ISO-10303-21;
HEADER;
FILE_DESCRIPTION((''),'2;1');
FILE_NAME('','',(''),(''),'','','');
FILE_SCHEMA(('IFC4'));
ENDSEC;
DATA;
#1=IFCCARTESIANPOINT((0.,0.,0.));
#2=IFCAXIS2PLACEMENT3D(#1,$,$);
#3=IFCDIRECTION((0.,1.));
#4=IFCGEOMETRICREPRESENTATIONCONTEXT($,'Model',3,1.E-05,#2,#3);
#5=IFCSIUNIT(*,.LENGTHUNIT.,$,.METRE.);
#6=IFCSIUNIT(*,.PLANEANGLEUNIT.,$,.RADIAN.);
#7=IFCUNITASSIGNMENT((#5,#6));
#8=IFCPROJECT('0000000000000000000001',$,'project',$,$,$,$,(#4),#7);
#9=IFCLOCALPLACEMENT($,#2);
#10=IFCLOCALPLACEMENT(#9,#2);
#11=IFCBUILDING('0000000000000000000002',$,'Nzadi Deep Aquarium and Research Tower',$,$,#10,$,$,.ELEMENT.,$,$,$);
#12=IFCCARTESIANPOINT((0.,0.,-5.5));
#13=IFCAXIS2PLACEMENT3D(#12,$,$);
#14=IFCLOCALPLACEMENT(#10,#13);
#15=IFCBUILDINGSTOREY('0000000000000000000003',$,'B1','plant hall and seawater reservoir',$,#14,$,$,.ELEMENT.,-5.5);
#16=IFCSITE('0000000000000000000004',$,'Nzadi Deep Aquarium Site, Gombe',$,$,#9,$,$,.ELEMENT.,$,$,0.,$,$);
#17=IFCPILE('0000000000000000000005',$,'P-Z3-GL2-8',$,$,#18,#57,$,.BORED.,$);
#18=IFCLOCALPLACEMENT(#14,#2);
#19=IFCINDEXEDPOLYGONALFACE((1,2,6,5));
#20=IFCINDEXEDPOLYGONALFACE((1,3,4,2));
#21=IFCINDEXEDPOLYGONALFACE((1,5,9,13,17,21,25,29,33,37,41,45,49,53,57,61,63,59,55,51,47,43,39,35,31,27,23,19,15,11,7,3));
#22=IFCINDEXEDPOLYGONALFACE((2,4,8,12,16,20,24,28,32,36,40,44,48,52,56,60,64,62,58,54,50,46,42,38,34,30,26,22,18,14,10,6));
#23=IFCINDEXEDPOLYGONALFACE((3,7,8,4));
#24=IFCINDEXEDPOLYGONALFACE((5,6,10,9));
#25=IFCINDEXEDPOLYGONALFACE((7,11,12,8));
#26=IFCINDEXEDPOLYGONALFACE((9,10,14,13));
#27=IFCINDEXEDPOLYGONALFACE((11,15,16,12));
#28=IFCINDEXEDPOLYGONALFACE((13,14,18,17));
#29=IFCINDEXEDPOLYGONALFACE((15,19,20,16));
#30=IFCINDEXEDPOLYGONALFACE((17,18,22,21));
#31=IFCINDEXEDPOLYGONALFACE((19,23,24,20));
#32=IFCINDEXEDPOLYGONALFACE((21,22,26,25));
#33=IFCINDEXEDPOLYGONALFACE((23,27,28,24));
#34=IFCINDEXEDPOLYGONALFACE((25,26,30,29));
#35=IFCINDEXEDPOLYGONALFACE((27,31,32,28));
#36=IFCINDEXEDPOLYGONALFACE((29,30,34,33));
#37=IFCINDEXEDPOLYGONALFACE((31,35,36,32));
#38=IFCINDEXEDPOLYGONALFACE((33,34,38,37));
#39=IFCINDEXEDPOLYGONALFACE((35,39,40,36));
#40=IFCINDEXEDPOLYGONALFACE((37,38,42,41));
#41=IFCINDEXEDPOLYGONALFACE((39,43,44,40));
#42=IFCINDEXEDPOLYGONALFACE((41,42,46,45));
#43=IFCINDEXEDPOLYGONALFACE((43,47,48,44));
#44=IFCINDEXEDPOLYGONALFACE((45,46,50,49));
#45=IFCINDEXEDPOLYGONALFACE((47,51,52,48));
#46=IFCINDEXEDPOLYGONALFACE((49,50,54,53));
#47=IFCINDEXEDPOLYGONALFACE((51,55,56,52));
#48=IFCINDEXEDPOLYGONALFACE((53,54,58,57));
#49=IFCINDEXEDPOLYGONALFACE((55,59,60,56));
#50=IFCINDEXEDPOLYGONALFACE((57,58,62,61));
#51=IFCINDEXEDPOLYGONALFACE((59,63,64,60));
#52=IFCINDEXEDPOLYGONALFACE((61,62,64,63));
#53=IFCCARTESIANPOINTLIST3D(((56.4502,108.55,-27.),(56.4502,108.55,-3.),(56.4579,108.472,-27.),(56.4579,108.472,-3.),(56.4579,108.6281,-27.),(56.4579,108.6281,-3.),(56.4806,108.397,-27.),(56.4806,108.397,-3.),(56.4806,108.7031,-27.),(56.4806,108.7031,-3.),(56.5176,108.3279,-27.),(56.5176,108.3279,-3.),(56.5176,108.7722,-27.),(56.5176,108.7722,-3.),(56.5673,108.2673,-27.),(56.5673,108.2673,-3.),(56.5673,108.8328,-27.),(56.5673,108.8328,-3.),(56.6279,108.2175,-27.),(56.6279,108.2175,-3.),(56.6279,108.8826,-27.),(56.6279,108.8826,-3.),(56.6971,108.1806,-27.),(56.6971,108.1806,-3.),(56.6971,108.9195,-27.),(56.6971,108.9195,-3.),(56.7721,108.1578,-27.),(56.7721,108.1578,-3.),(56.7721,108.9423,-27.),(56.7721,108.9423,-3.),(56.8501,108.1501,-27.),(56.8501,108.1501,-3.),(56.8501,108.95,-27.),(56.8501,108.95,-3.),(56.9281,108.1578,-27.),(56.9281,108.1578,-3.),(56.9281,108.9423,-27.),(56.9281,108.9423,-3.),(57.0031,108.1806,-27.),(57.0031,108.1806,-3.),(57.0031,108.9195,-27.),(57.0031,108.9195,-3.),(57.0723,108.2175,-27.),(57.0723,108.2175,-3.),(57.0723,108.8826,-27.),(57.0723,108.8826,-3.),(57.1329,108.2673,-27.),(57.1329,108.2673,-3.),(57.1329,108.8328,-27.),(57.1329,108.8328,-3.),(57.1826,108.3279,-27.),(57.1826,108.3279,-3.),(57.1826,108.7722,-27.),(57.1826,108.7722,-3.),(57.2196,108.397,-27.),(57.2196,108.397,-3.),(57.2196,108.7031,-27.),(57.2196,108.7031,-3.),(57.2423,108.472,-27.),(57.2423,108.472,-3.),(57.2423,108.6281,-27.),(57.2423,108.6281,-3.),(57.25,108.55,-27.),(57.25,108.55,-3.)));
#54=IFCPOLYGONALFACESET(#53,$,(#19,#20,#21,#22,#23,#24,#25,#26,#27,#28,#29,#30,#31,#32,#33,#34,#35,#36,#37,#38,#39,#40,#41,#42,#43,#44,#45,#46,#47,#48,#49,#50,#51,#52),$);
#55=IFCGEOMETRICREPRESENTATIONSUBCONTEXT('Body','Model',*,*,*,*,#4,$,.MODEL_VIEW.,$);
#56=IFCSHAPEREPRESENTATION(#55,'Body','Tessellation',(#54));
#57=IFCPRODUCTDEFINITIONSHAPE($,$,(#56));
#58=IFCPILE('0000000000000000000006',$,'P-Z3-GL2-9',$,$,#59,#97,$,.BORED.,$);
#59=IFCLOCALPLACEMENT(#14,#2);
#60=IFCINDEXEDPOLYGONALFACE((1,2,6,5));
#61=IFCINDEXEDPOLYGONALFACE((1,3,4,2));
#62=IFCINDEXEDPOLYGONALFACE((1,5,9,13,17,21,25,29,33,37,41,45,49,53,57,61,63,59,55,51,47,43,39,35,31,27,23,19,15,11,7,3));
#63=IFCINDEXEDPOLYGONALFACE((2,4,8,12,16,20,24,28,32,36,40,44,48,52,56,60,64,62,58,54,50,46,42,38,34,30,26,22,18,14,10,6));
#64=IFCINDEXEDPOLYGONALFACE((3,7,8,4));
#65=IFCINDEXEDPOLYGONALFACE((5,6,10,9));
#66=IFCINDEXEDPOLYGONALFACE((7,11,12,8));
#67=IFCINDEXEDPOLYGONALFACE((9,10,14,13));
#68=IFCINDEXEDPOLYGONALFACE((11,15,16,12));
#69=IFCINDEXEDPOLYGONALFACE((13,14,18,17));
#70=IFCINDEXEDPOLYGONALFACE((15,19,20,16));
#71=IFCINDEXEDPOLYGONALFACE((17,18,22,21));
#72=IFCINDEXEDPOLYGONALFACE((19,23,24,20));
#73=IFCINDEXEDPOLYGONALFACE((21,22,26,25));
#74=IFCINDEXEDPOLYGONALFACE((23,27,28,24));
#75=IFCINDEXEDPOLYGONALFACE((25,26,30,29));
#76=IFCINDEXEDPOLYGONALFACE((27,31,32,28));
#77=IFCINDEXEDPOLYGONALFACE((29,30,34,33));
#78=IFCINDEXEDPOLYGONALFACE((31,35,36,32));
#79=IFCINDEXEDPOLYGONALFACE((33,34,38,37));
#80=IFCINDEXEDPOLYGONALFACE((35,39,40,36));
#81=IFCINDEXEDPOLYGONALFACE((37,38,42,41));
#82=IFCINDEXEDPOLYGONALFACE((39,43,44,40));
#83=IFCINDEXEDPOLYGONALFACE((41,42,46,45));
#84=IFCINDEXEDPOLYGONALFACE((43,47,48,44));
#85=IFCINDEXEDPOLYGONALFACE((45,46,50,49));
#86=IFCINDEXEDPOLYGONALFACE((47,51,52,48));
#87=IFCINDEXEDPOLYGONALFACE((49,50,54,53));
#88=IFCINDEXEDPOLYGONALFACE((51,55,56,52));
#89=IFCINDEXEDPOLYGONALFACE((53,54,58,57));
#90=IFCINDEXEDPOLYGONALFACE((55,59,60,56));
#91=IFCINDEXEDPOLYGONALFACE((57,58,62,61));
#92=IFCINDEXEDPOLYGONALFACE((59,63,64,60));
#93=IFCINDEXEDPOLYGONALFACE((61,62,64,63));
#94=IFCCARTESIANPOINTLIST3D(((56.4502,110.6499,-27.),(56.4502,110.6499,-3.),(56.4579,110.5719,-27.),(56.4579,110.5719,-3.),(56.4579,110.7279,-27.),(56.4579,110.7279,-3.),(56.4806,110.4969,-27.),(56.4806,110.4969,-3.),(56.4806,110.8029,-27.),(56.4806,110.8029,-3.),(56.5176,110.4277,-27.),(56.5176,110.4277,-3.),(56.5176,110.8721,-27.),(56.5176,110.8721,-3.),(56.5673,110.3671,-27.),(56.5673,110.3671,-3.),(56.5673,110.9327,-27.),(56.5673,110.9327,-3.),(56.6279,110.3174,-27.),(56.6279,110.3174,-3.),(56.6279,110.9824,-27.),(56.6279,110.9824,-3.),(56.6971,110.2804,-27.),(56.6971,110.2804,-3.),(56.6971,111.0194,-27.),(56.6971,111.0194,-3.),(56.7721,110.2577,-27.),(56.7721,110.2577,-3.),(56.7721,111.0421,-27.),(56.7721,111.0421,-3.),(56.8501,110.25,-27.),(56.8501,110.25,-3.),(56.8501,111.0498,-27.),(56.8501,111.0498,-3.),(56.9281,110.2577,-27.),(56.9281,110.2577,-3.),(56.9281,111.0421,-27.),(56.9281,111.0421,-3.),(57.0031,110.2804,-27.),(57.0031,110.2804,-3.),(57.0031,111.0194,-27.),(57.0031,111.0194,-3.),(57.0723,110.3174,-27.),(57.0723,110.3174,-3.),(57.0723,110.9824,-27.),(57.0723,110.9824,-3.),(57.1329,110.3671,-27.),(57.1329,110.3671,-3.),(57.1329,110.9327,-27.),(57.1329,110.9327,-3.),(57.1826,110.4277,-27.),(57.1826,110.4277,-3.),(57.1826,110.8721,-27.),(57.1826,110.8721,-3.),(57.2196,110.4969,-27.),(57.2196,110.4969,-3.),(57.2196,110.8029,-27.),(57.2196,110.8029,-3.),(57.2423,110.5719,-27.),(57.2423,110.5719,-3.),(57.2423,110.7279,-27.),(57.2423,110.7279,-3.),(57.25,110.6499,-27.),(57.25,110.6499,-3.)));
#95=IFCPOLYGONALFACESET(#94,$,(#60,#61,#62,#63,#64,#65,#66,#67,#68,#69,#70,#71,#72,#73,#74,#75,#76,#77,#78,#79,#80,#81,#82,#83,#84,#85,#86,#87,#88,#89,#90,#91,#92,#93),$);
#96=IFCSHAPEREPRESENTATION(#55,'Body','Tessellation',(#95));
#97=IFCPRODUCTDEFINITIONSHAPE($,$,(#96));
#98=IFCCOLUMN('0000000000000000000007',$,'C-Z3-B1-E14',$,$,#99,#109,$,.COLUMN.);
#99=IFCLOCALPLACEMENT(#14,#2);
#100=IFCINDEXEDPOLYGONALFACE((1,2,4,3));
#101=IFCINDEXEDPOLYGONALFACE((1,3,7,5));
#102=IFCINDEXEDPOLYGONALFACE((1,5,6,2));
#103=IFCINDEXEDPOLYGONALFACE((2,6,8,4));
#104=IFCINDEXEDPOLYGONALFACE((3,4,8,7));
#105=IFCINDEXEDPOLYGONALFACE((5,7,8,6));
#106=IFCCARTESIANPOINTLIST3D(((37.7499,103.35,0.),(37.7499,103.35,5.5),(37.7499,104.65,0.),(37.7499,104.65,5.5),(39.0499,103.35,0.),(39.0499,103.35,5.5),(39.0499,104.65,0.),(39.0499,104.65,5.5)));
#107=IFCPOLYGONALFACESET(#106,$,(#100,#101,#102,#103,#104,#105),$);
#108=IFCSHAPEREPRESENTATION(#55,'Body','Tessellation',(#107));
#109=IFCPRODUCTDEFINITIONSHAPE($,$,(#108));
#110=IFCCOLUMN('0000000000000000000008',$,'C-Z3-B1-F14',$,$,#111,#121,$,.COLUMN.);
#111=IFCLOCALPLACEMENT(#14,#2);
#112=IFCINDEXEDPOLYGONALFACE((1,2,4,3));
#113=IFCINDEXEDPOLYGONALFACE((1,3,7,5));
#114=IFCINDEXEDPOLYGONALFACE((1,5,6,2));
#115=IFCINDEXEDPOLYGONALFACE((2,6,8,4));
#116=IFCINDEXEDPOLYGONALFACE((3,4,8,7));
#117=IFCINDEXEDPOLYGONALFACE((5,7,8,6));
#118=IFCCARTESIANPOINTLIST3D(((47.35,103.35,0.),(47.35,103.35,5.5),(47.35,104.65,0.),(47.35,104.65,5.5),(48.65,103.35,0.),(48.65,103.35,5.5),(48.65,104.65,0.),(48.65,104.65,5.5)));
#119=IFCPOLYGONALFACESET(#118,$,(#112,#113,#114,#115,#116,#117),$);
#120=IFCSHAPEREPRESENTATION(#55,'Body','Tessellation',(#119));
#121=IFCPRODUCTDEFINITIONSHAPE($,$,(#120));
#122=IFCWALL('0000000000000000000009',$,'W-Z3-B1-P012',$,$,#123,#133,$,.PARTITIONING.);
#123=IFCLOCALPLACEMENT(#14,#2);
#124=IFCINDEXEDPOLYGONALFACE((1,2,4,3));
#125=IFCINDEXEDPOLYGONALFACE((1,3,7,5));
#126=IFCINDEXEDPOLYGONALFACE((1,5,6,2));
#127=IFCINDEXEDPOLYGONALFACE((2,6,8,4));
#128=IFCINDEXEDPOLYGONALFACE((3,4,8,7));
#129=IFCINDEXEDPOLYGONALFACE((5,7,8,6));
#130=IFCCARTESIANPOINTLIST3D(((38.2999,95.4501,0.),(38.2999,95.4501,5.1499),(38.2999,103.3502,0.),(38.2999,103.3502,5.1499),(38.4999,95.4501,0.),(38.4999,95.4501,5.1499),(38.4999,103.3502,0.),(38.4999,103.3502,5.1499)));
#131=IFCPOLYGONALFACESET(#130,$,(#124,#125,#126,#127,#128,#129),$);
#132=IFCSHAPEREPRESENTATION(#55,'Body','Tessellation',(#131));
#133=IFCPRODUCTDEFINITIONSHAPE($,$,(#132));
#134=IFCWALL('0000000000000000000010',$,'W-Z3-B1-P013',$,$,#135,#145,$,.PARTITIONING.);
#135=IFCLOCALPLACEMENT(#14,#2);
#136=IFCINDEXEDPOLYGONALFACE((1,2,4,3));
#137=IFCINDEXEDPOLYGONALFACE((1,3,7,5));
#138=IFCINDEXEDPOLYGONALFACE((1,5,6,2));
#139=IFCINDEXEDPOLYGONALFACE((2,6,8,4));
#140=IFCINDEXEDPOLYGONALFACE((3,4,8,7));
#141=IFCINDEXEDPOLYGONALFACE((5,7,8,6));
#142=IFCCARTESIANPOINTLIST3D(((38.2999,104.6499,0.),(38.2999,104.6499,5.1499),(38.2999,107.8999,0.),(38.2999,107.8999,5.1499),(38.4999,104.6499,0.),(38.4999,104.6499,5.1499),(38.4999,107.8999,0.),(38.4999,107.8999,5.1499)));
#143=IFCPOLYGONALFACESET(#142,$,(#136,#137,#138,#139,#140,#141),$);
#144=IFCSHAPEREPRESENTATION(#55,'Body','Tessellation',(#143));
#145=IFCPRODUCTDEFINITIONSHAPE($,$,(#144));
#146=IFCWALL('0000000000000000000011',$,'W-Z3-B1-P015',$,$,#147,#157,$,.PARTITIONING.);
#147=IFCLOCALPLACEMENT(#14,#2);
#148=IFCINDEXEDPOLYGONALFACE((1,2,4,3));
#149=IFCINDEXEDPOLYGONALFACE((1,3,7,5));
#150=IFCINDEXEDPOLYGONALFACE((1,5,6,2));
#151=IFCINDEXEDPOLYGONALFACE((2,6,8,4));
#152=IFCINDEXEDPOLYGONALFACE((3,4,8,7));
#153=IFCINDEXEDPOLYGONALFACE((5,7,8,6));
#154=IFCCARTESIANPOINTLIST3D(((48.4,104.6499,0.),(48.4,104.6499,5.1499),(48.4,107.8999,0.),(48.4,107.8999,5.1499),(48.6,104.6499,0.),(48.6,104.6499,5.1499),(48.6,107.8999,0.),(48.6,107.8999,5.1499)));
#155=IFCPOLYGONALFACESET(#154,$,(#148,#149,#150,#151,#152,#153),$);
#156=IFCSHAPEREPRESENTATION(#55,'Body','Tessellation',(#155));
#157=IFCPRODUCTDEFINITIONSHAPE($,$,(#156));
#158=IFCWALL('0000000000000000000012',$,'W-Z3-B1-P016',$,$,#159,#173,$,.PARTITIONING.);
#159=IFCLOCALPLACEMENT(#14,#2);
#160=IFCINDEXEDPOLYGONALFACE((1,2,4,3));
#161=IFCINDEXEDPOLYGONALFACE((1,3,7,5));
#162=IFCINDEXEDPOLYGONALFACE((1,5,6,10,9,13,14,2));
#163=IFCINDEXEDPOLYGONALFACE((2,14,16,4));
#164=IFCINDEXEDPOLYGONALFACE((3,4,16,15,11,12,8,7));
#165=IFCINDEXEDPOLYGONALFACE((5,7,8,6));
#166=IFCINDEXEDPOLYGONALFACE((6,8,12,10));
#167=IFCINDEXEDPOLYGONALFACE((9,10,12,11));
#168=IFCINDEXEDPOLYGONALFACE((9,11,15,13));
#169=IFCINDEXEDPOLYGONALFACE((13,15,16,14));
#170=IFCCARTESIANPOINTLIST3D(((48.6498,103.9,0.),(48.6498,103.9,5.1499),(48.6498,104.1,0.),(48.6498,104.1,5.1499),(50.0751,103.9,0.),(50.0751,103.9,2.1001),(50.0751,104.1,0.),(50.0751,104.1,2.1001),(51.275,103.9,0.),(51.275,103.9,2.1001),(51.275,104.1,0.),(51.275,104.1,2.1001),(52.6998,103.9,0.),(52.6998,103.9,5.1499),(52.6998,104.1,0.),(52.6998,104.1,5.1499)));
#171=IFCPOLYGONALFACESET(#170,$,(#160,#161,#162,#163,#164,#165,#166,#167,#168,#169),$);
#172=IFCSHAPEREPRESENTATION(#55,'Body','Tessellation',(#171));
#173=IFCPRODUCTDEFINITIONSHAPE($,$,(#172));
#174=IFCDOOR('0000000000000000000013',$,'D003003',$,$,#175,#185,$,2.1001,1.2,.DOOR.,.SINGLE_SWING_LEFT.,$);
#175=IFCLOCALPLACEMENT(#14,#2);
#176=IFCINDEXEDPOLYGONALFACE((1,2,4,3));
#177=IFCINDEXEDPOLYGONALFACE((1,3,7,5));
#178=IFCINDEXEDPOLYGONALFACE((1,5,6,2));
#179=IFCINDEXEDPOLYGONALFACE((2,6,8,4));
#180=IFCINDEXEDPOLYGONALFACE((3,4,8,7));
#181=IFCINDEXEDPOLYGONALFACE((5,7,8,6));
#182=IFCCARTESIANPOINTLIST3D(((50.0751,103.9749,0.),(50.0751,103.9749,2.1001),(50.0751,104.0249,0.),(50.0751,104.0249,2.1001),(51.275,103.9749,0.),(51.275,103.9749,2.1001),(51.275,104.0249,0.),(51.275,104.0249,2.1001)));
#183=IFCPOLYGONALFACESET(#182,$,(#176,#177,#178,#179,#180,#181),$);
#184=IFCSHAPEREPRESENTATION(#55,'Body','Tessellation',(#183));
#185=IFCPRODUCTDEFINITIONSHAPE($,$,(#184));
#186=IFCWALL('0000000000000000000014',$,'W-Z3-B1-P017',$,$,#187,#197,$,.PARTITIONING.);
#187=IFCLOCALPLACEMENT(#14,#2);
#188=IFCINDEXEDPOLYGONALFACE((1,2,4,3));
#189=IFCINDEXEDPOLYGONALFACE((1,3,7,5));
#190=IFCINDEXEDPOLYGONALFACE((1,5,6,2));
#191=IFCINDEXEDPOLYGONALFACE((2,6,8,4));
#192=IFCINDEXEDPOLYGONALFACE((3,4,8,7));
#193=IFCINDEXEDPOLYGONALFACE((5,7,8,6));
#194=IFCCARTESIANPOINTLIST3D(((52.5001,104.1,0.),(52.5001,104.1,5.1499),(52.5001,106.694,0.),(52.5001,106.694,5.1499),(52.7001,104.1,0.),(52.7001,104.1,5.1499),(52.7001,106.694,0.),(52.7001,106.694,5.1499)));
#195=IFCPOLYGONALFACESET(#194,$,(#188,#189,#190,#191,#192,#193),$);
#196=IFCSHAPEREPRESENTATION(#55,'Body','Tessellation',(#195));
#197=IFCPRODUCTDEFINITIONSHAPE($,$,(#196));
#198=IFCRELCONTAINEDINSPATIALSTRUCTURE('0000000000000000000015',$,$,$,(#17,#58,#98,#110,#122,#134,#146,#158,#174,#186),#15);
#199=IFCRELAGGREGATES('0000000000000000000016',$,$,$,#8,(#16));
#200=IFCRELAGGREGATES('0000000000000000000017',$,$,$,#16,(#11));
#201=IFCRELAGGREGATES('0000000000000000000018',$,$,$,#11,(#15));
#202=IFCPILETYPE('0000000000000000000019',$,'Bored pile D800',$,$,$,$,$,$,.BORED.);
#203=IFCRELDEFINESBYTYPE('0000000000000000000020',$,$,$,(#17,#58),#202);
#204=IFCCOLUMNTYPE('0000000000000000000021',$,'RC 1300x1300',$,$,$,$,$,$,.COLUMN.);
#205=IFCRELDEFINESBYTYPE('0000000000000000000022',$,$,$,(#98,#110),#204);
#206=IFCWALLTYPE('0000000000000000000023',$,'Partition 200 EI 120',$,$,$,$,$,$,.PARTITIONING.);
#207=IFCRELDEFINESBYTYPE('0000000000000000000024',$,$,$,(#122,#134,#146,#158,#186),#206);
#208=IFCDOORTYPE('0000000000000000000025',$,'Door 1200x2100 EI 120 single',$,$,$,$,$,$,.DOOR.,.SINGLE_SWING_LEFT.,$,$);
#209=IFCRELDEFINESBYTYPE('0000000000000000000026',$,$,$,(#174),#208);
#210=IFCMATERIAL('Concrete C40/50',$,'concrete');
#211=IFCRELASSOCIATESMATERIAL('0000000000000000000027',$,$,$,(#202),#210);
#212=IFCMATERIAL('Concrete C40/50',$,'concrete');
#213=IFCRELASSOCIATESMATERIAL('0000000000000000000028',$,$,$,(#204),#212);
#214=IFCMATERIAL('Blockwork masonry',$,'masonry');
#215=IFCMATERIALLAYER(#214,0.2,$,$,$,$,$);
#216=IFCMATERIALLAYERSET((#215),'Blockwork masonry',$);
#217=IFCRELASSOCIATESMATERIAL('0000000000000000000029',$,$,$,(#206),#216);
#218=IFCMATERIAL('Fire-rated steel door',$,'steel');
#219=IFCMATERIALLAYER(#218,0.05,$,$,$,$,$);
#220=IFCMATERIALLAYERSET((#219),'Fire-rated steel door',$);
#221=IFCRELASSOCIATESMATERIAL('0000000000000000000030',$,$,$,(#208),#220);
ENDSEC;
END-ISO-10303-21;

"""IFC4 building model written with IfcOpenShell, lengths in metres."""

from ifc_helpers import new_model, si_unit, direction, frame, frame_2d, origin, origin_2d, place, context, subcontext, project, spatial, rectangle, circle, extrude, material, layer, layer_set, material_profile, profile_set, type_object, element, fill, save


model = new_model("IFC4")

# Units and contexts
model_context = context("Model", 3, precision=1e-05, world=origin(), true_north=direction((0.0, 1.0)))
body_context = subcontext(model_context, "Body", "Model", "MODEL_VIEW")
ifc_project = project(units=[si_unit("LENGTHUNIT", "METRE"), si_unit("PLANEANGLEUNIT", "RADIAN")], contexts=[model_context])

# Site, building, storey
site_placement = place(None, origin())
site = spatial("IfcSite", under=ifc_project, at=site_placement, Name="Nzadi Deep Aquarium Site, Gombe", CompositionType="ELEMENT", RefElevation=0.0)
building_placement = place(site_placement, origin())
building = spatial("IfcBuilding", under=site, at=building_placement, Name="Nzadi Deep Aquarium and Research Tower", CompositionType="ELEMENT")
storey_placement = place(building_placement, frame((0.0, 0.0, -5.5)))
storey = spatial("IfcBuildingStorey", under=building, at=storey_placement, Name="B1", Description="plant hall and seawater reservoir", CompositionType="ELEMENT", Elevation=-5.5)

# Piles
ifc_material_1 = material(Name="Concrete C40/50", Category="concrete")
ifc_material_profile_1 = material_profile(ifc_material_1, circle(Radius=0.3999, at=origin_2d()))
ifc_profile_set_1 = profile_set([ifc_material_profile_1], Name="Concrete C40/50")
pile_type_1 = type_object("IfcPileType", Name="Bored pile D800", PredefinedType="BORED", material=ifc_profile_set_1)
for number, where, z_axis, x_axis, name in (
    (1, (56.8501, 108.55, -3.0), (0.0, 0.0, -1.0), (1.0, 0.0, 0.0), "P-Z3-GL2-8"),
    (2, (56.8501, 110.6499, -3.0), (0.0, 0.0, -1.0), (1.0, 0.0, 0.0), "P-Z3-GL2-9"),
):
    element("IfcPile", number, at=place(storey_placement, frame(where, z_axis=z_axis, x_axis=x_axis)), inside=storey, type_object=pile_type_1, Name=name, PredefinedType="BORED", context=body_context, shape_type="SweptSolid", body=[
        extrude(circle(Radius=0.3999, at=origin_2d()), origin(), (0.0, 0.0, 1.0), 24.0),
    ])

# Columns
ifc_material_2 = material(Name="Concrete C40/50", Category="concrete")
ifc_material_profile_2 = material_profile(ifc_material_2, rectangle(XDim=1.3, YDim=1.3, at=origin_2d()))
ifc_profile_set_2 = profile_set([ifc_material_profile_2], Name="Concrete C40/50")
column_type = type_object("IfcColumnType", Name="RC 1300x1300", PredefinedType="COLUMN", material=ifc_profile_set_2)
for number, where, z_axis, x_axis, name in (
    (3, (38.3999, 104.0, 0.0), (0.0, 0.0, 1.0), (1.0, 0.0, 0.0), "C-Z3-B1-E14"),
    (4, (48.0, 104.0, 0.0), (0.0, 0.0, 1.0), (1.0, 0.0, 0.0), "C-Z3-B1-F14"),
):
    element("IfcColumn", number, at=place(storey_placement, frame(where, z_axis=z_axis, x_axis=x_axis)), inside=storey, type_object=column_type, Name=name, PredefinedType="COLUMN", context=body_context, shape_type="SweptSolid", body=[
        extrude(rectangle(XDim=1.3, YDim=1.3, at=origin_2d()), origin(), (0.0, 0.0, 1.0), 5.5),
    ])

# Walls
ifc_material_3 = material(Name="Blockwork masonry", Category="masonry")
ifc_layer_1 = layer(ifc_material_3, 0.2)
ifc_layer_set_1 = layer_set([ifc_layer_1], Name="Blockwork masonry")
wall_type_1 = type_object("IfcWallType", Name="Partition 200 EI 120", PredefinedType="PARTITIONING", material=ifc_layer_set_1)
wall_1_placement = place(storey_placement, frame((38.3999, 95.45, 0.0), z_axis=(0.0, 0.0, 1.0), x_axis=(0.0, 1.0, 0.0)))
element("IfcWall", 5, at=wall_1_placement, inside=storey, type_object=wall_type_1, Name="W-Z3-B1-P012", PredefinedType="PARTITIONING", context=body_context, shape_type="SweptSolid", body=[
    extrude(rectangle(XDim=7.9001, YDim=0.2, at=frame_2d((3.9502, 0.0))), origin(), (0.0, 0.0, 1.0), 5.1499),
])
for number, where, z_axis, x_axis, name in (
    (6, (38.3999, 104.6499, 0.0), (0.0, 0.0, 1.0), (0.0, 1.0, 0.0), "W-Z3-B1-P013"),
    (7, (48.5, 104.6499, 0.0), (0.0, 0.0, 1.0), (0.0, 1.0, 0.0), "W-Z3-B1-P015"),
):
    element("IfcWall", number, at=place(storey_placement, frame(where, z_axis=z_axis, x_axis=x_axis)), inside=storey, type_object=wall_type_1, Name=name, PredefinedType="PARTITIONING", context=body_context, shape_type="SweptSolid", body=[
        extrude(rectangle(XDim=3.25, YDim=0.2, at=frame_2d((1.625, 0.0))), origin(), (0.0, 0.0, 1.0), 5.1499),
    ])

# Wall, opening, door
wall_2_placement = place(storey_placement, frame((48.6499, 104.0, 0.0), z_axis=(0.0, 0.0, 1.0), x_axis=(1.0, 0.0, 0.0)))
wall_2 = element("IfcWall", 8, at=wall_2_placement, inside=storey, type_object=wall_type_1, Name="W-Z3-B1-P016", PredefinedType="PARTITIONING", context=body_context, shape_type="SweptSolid", body=[
    extrude(rectangle(XDim=4.05, YDim=0.2, at=frame_2d((2.0249, 0.0))), origin(), (0.0, 0.0, 1.0), 5.1499),
])
opening_1_placement = place(wall_2_placement, frame((1.425, 0.0, 0.0)))
opening_1 = element("IfcOpeningElement", 9, at=opening_1_placement, cuts=wall_2, PredefinedType="OPENING", context=body_context, shape_type="SweptSolid", body=[
    extrude(rectangle(XDim=1.2, YDim=2.1001, at=frame_2d((0.6001, 1.05))), frame((0.0, 0.1101, 0.0), z_axis=(0.0, -1.0, 0.0), x_axis=(1.0, 0.0, 0.0)), (0.0, 0.0, 1.0), 0.2202),
])
ifc_material_4 = material(Name="Fire-rated steel door", Category="steel")
ifc_layer_2 = layer(ifc_material_4, 0.05)
ifc_layer_set_2 = layer_set([ifc_layer_2], Name="Fire-rated steel door")
door_type_1 = type_object("IfcDoorType", Name="Door 1200x2100 EI 120 single", OperationType="SINGLE_SWING_LEFT", PredefinedType="DOOR", material=ifc_layer_set_2)
door_1_placement = place(opening_1_placement, origin())
door_1 = element("IfcDoor", 10, at=door_1_placement, inside=storey, type_object=door_type_1, Name="D003003", OperationType="SINGLE_SWING_LEFT", OverallHeight=2.1001, OverallWidth=1.2, PredefinedType="DOOR", context=body_context, shape_type="SweptSolid", body=[
    extrude(rectangle(XDim=1.2, YDim=2.1001, at=frame_2d((0.6001, 1.05))), frame((0.0, 0.0249, 0.0), z_axis=(0.0, -1.0, 0.0), x_axis=(1.0, 0.0, 0.0)), (0.0, 0.0, 1.0), 0.05),
])
fill(opening_1, door_1)

# Wall
wall_3_placement = place(storey_placement, frame((52.6001, 104.1001, 0.0), z_axis=(0.0, 0.0, 1.0), x_axis=(0.0, 1.0, 0.0)))
element("IfcWall", 11, at=wall_3_placement, inside=storey, type_object=wall_type_1, Name="W-Z3-B1-P017", PredefinedType="PARTITIONING", context=body_context, shape_type="SweptSolid", body=[
    extrude(rectangle(XDim=2.594, YDim=0.2, at=frame_2d((1.2969, 0.0))), origin(), (0.0, 0.0, 1.0), 5.1499),
])

save(model, "model.ifc")
